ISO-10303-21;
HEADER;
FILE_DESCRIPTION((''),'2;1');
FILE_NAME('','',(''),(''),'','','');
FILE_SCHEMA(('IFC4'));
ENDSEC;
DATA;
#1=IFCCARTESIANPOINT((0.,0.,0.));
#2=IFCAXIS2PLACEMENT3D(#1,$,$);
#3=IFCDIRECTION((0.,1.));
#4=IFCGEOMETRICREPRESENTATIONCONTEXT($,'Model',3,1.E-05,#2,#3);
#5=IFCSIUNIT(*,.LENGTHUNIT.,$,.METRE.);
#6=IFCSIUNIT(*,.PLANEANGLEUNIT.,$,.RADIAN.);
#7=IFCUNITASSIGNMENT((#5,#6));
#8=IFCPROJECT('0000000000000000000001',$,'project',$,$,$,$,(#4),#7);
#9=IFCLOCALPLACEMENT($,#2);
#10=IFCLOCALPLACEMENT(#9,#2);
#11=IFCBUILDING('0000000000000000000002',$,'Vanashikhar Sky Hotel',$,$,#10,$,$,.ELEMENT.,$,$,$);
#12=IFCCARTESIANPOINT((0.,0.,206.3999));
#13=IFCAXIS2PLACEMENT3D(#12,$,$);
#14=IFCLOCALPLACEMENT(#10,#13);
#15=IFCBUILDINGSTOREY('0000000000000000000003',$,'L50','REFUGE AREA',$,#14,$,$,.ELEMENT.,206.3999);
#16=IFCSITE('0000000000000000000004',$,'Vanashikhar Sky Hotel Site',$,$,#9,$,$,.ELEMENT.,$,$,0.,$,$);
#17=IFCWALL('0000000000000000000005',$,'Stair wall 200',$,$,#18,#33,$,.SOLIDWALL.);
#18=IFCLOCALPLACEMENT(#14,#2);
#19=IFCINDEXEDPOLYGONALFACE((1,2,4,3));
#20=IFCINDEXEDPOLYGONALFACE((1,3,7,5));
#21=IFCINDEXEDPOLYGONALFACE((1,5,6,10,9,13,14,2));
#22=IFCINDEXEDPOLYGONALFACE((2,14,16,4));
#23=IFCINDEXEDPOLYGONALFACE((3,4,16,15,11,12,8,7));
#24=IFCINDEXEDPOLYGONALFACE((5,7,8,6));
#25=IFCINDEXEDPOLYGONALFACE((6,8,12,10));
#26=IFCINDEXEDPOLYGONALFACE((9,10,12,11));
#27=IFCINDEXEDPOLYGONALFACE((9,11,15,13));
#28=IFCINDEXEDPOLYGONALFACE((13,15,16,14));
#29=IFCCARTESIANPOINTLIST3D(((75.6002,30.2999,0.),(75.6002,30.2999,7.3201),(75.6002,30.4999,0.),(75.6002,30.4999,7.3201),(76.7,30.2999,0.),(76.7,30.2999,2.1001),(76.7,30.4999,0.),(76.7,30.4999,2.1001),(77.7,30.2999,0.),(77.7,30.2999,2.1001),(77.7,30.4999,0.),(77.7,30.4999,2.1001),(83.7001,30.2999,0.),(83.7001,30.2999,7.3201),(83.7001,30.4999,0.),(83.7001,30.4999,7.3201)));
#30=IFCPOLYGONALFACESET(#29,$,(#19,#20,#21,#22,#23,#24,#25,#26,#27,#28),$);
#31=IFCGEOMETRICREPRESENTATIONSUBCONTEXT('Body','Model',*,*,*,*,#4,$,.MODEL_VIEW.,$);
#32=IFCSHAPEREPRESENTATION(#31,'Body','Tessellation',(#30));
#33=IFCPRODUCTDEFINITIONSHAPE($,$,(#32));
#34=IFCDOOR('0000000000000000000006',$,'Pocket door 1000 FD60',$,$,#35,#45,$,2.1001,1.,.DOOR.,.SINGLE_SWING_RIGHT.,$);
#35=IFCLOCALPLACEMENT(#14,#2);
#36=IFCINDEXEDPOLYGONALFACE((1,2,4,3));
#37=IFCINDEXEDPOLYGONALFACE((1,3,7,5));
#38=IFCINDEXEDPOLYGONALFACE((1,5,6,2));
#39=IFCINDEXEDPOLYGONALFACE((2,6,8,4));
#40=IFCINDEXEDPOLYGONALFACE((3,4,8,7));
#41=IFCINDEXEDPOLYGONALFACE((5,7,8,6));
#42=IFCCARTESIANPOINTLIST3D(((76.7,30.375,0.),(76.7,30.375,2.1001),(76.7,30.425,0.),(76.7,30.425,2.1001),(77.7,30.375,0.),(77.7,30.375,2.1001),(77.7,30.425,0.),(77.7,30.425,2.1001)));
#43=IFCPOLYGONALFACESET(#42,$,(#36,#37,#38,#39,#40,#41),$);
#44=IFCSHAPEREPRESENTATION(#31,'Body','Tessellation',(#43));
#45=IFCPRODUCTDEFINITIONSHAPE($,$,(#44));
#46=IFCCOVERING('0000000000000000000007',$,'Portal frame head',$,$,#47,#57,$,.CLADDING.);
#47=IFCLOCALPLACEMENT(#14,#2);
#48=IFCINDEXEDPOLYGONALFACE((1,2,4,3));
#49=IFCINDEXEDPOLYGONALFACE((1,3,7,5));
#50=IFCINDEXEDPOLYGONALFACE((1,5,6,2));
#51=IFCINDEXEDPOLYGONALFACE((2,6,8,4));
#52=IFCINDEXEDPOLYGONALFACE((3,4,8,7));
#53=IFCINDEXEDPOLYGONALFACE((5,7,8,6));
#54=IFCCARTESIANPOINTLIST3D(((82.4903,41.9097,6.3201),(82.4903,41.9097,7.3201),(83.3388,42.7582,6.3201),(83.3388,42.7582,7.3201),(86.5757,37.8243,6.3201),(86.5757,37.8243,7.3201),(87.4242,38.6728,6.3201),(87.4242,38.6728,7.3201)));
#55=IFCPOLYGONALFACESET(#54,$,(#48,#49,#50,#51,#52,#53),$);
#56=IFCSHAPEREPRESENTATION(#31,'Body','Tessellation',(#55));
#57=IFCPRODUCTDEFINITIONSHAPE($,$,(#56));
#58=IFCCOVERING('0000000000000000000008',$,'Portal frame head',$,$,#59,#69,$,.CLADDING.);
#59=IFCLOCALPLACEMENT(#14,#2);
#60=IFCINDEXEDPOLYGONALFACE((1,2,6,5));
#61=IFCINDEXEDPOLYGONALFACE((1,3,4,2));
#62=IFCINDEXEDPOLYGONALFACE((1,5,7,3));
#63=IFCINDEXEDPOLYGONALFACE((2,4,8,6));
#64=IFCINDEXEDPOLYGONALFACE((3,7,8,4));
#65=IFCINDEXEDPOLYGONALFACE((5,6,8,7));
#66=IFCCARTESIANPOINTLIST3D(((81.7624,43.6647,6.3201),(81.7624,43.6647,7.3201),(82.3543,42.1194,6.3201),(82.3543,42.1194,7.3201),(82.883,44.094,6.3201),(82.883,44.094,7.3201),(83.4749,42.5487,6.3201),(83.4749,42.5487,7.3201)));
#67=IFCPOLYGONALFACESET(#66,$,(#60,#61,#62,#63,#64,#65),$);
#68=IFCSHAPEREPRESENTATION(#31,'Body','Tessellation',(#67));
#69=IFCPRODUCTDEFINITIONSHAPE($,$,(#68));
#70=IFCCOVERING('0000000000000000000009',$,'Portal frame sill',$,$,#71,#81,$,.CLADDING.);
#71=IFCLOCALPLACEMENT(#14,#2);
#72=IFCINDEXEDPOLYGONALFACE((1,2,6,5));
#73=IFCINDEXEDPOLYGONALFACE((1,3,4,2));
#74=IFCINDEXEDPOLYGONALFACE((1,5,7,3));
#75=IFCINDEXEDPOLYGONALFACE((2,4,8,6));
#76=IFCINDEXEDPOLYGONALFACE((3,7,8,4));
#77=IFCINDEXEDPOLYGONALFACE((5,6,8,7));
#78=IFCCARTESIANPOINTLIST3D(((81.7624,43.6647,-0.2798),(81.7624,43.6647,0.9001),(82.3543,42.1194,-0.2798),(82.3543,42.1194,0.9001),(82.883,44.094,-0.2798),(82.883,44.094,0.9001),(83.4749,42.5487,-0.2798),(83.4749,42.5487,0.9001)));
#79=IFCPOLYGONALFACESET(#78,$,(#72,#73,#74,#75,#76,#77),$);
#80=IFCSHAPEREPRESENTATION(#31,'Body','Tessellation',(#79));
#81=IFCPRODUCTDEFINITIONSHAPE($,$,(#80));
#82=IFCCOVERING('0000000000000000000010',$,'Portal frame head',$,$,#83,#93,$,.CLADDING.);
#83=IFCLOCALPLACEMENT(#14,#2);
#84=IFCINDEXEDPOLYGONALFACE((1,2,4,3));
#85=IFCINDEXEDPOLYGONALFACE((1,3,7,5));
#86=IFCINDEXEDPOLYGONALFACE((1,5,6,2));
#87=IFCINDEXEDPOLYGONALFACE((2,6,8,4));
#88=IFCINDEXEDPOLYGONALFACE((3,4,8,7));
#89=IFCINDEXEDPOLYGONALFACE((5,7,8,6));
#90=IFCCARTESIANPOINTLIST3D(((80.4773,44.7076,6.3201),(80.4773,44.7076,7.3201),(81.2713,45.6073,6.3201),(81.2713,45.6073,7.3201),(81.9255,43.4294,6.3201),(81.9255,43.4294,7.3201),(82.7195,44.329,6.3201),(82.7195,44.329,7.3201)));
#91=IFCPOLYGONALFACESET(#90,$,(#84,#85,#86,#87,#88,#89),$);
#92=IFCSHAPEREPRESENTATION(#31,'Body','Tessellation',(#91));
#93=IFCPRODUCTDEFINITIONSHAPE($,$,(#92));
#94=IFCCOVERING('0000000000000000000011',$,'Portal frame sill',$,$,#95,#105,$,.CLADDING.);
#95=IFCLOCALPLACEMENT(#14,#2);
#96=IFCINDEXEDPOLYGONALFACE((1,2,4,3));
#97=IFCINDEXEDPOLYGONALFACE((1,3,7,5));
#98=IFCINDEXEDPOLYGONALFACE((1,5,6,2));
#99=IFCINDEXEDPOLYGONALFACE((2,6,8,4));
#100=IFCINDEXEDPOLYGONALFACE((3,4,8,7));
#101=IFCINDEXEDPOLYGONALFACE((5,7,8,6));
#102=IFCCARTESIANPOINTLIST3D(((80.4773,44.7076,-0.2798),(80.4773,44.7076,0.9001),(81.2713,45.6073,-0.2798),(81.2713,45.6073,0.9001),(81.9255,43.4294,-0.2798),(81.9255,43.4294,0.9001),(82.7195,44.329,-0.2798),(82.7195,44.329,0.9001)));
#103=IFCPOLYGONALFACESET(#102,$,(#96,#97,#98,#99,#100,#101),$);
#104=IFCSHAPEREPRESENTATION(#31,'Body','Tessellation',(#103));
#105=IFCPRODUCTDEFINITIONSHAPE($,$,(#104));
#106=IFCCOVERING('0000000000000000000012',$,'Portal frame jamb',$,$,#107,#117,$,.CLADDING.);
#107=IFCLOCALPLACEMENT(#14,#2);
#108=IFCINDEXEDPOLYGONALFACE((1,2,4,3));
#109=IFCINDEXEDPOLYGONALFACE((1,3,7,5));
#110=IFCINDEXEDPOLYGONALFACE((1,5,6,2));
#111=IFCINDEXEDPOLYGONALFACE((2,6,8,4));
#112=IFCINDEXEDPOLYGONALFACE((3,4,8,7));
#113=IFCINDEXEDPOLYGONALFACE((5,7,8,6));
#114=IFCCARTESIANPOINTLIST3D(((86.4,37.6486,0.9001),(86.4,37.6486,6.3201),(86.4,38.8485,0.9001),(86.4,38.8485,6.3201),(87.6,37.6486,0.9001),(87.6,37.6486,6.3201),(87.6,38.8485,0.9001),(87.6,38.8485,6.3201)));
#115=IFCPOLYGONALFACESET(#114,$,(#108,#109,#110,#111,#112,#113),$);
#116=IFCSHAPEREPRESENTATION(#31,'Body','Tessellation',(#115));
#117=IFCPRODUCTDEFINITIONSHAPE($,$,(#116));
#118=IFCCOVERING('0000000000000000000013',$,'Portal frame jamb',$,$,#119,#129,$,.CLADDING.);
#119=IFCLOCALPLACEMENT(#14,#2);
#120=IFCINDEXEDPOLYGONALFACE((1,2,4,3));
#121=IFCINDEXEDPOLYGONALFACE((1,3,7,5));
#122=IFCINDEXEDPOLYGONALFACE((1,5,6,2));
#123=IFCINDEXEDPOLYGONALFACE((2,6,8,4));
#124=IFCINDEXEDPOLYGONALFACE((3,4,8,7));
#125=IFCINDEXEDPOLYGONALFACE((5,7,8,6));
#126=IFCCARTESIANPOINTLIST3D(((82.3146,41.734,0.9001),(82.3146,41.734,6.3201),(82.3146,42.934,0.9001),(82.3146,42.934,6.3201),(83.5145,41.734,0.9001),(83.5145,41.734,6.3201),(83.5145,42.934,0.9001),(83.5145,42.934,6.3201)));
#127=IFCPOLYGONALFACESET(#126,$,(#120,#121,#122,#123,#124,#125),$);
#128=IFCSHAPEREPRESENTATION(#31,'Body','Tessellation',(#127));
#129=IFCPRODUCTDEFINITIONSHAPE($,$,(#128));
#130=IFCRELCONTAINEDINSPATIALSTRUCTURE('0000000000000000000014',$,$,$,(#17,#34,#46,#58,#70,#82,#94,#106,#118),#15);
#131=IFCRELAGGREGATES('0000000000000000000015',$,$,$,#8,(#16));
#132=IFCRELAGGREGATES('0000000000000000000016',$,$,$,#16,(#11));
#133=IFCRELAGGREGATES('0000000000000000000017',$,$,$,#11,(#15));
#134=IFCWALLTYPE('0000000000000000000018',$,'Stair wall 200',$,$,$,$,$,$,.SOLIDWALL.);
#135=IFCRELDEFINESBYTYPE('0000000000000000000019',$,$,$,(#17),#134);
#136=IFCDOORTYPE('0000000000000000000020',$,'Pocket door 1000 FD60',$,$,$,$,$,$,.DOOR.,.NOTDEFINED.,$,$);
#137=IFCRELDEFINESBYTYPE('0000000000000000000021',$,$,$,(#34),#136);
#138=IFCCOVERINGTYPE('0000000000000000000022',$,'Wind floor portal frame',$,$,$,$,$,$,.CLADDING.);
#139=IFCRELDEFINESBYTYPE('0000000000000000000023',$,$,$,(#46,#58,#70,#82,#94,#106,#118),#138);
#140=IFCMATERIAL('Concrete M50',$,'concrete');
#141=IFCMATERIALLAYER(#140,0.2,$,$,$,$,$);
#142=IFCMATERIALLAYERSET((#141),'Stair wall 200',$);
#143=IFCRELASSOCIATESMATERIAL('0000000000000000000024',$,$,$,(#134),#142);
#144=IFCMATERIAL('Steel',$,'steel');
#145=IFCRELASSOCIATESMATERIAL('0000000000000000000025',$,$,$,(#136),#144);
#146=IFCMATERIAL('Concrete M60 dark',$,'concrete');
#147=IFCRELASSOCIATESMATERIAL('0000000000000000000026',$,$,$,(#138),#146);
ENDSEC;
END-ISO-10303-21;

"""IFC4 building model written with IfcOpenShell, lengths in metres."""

from ifc_helpers import new_model, si_unit, direction, frame, frame_2d, origin, origin_2d, place, context, subcontext, project, spatial, rectangle, extrude, source, transform, mapped, material, layer, layer_set, type_object, element, fill, save


model = new_model("IFC4")

# Units and contexts
model_context = context("Model", 3, precision=1e-05, world=origin(), true_north=direction((0.0, 1.0)))
body_context = subcontext(model_context, "Body", "Model", "MODEL_VIEW")
ifc_project = project(units=[si_unit("LENGTHUNIT", "METRE"), si_unit("PLANEANGLEUNIT", "RADIAN")], contexts=[model_context])

# Site, building, storey
site_placement = place(None, origin())
site = spatial("IfcSite", under=ifc_project, at=site_placement, Name="Vanashikhar Sky Hotel Site", CompositionType="ELEMENT", RefElevation=0.0)
building_placement = place(site_placement, origin())
building = spatial("IfcBuilding", under=site, at=building_placement, Name="Vanashikhar Sky Hotel", CompositionType="ELEMENT")
storey_placement = place(building_placement, frame((0.0, 0.0, 206.3999)))
storey = spatial("IfcBuildingStorey", under=building, at=storey_placement, Name="L50", Description="REFUGE AREA", CompositionType="ELEMENT", Elevation=206.3999)

# Shared definitions
ifc_material_1 = material(Name="Concrete M50", Category="concrete")

# Wall, opening, door
ifc_layer_1 = layer(ifc_material_1, 0.2)
ifc_layer_set_1 = layer_set([ifc_layer_1], Name="Stair wall 200")
wall_type_1 = type_object("IfcWallType", Name="Stair wall 200", PredefinedType="SOLIDWALL", material=ifc_layer_set_1)
shared_shape_1 = source(origin(), body_context, "Body", "SweptSolid", [
    extrude(rectangle(XDim=8.0999, YDim=0.2, at=frame_2d((4.0498, 0.0))), origin(), (0.0, 0.0, 1.0), 7.3201),
])
wall_1_placement = place(storey_placement, frame((83.7, 30.3999, 0.0), z_axis=(0.0, 0.0, 1.0), x_axis=(-1.0, 0.0, 0.0)))
wall_1 = element("IfcWall", 1, at=wall_1_placement, inside=storey, type_object=wall_type_1, Name="Stair wall 200", PredefinedType="SOLIDWALL", context=body_context, shape_type="MappedRepresentation", body=[
    mapped(shared_shape_1, transform((0.0, 0.0, 0.0), scale=1.0)),
])
shared_shape_2 = source(origin(), body_context, "Body", "SweptSolid", [
    extrude(rectangle(XDim=1.0, YDim=2.1001, at=frame_2d((0.5, 1.05))), frame((0.0, 0.1099, 0.0), z_axis=(0.0, -1.0, 0.0), x_axis=(1.0, 0.0, 0.0)), (0.0, 0.0, 1.0), 0.22),
])
opening_placement = place(wall_1_placement, frame((6.0, 0.0, 0.0)))
opening = element("IfcOpeningElement", 2, at=opening_placement, cuts=wall_1, PredefinedType="OPENING", context=body_context, shape_type="MappedRepresentation", body=[
    mapped(shared_shape_2, transform((0.0, 0.0, 0.0), scale=1.0)),
])
ifc_material_2 = material(Name="Steel", Category="steel")
door_type = type_object("IfcDoorType", Name="Pocket door 1000 FD60", OperationType="NOTDEFINED", PredefinedType="DOOR", material=ifc_material_2)
shared_shape_3 = source(origin(), body_context, "Body", "SweptSolid", [
    extrude(rectangle(XDim=1.0, YDim=2.1001, at=frame_2d((0.5, 1.05))), frame((0.0, 0.0249, 0.0), z_axis=(0.0, -1.0, 0.0), x_axis=(1.0, 0.0, 0.0)), (0.0, 0.0, 1.0), 0.05),
])
door_placement = place(opening_placement, origin())
door = element("IfcDoor", 3, at=door_placement, inside=storey, type_object=door_type, Name="Pocket door 1000 FD60", OperationType="SINGLE_SWING_RIGHT", OverallHeight=2.1001, OverallWidth=1.0, PredefinedType="DOOR", context=body_context, shape_type="MappedRepresentation", body=[
    mapped(shared_shape_3, transform((0.0, 0.0, 0.0), scale=1.0)),
])
fill(opening, door)

# Coverings
ifc_material_3 = material(Name="Concrete M60 dark", Category="concrete")
covering_type = type_object("IfcCoveringType", Name="Wind floor portal frame", PredefinedType="CLADDING", material=ifc_material_3)
shared_shape_4 = source(origin(), body_context, "Body", "SweptSolid", [
    extrude(rectangle(XDim=5.7776, YDim=1.2, at=origin_2d()), origin(), (0.0, 0.0, 1.0), 1.0),
])
covering_1_placement = place(storey_placement, frame((84.9573, 40.2913, 6.3201), z_axis=(0.0, 0.0, 1.0), x_axis=(-0.707107, 0.707107, 0.0)))
element("IfcCovering", 4, at=covering_1_placement, inside=storey, type_object=covering_type, Name="Portal frame head", PredefinedType="CLADDING", context=body_context, shape_type="MappedRepresentation", body=[
    mapped(shared_shape_4, transform((0.0, 0.0, 0.0), scale=1.0)),
])
shared_shape_5 = source(origin(), body_context, "Body", "SweptSolid", [
    extrude(rectangle(XDim=1.6548, YDim=1.2, at=origin_2d()), origin(), (0.0, 0.0, 1.0), 1.0),
])
covering_2_placement = place(storey_placement, frame((82.6187, 43.1067, 6.3201), z_axis=(0.0, 0.0, 1.0), x_axis=(-0.357716, 0.93383, 0.0)))
element("IfcCovering", 5, at=covering_2_placement, inside=storey, type_object=covering_type, Name="Portal frame head", PredefinedType="CLADDING", context=body_context, shape_type="MappedRepresentation", body=[
    mapped(shared_shape_5, transform((0.0, 0.0, 0.0), scale=1.0)),
])
shared_shape_6 = source(origin(), body_context, "Body", "SweptSolid", [
    extrude(rectangle(XDim=1.6548, YDim=1.2, at=origin_2d()), origin(), (0.0, 0.0, 1.0), 1.1799),
])
covering_3_placement = place(storey_placement, frame((82.6187, 43.1067, -0.2798), z_axis=(0.0, 0.0, 1.0), x_axis=(-0.357716, 0.93383, 0.0)))
element("IfcCovering", 6, at=covering_3_placement, inside=storey, type_object=covering_type, Name="Portal frame sill", PredefinedType="CLADDING", context=body_context, shape_type="MappedRepresentation", body=[
    mapped(shared_shape_6, transform((0.0, 0.0, 0.0), scale=1.0)),
])
shared_shape_7 = source(origin(), body_context, "Body", "SweptSolid", [
    extrude(rectangle(XDim=1.9316, YDim=1.2, at=origin_2d()), origin(), (0.0, 0.0, 1.0), 1.0),
])
covering_4_placement = place(storey_placement, frame((81.5984, 44.5183, 6.3201), z_axis=(0.0, 0.0, 1.0), x_axis=(-0.749742, 0.661731, 0.0)))
element("IfcCovering", 7, at=covering_4_placement, inside=storey, type_object=covering_type, Name="Portal frame head", PredefinedType="CLADDING", context=body_context, shape_type="MappedRepresentation", body=[
    mapped(shared_shape_7, transform((0.0, 0.0, 0.0), scale=1.0)),
])
shared_shape_8 = source(origin(), body_context, "Body", "SweptSolid", [
    extrude(rectangle(XDim=1.9316, YDim=1.2, at=origin_2d()), origin(), (0.0, 0.0, 1.0), 1.1799),
])
covering_5_placement = place(storey_placement, frame((81.5984, 44.5183, -0.2798), z_axis=(0.0, 0.0, 1.0), x_axis=(-0.749742, 0.661731, 0.0)))
element("IfcCovering", 8, at=covering_5_placement, inside=storey, type_object=covering_type, Name="Portal frame sill", PredefinedType="CLADDING", context=body_context, shape_type="MappedRepresentation", body=[
    mapped(shared_shape_8, transform((0.0, 0.0, 0.0), scale=1.0)),
])
shared_shape_9 = source(origin(), body_context, "Body", "SweptSolid", [
    extrude(rectangle(XDim=1.2, YDim=1.2, at=origin_2d()), origin(), (0.0, 0.0, 1.0), 5.4199),
])
for number, where, z_axis, x_axis, name in (
    (9, (87.0, 38.2485, 0.9001), (0.0, 0.0, 1.0), (1.0, 0.0, 0.0), "Portal frame jamb"),
    (10, (82.9146, 42.334, 0.9001), (0.0, 0.0, 1.0), (1.0, 0.0, 0.0), "Portal frame jamb"),
):
    element("IfcCovering", number, at=place(storey_placement, frame(where, z_axis=z_axis, x_axis=x_axis)), inside=storey, type_object=covering_type, Name=name, PredefinedType="CLADDING", context=body_context, shape_type="MappedRepresentation", body=[
        mapped(shared_shape_9, transform((0.0, 0.0, 0.0), scale=1.0)),
    ])

save(model, "model.ifc")
